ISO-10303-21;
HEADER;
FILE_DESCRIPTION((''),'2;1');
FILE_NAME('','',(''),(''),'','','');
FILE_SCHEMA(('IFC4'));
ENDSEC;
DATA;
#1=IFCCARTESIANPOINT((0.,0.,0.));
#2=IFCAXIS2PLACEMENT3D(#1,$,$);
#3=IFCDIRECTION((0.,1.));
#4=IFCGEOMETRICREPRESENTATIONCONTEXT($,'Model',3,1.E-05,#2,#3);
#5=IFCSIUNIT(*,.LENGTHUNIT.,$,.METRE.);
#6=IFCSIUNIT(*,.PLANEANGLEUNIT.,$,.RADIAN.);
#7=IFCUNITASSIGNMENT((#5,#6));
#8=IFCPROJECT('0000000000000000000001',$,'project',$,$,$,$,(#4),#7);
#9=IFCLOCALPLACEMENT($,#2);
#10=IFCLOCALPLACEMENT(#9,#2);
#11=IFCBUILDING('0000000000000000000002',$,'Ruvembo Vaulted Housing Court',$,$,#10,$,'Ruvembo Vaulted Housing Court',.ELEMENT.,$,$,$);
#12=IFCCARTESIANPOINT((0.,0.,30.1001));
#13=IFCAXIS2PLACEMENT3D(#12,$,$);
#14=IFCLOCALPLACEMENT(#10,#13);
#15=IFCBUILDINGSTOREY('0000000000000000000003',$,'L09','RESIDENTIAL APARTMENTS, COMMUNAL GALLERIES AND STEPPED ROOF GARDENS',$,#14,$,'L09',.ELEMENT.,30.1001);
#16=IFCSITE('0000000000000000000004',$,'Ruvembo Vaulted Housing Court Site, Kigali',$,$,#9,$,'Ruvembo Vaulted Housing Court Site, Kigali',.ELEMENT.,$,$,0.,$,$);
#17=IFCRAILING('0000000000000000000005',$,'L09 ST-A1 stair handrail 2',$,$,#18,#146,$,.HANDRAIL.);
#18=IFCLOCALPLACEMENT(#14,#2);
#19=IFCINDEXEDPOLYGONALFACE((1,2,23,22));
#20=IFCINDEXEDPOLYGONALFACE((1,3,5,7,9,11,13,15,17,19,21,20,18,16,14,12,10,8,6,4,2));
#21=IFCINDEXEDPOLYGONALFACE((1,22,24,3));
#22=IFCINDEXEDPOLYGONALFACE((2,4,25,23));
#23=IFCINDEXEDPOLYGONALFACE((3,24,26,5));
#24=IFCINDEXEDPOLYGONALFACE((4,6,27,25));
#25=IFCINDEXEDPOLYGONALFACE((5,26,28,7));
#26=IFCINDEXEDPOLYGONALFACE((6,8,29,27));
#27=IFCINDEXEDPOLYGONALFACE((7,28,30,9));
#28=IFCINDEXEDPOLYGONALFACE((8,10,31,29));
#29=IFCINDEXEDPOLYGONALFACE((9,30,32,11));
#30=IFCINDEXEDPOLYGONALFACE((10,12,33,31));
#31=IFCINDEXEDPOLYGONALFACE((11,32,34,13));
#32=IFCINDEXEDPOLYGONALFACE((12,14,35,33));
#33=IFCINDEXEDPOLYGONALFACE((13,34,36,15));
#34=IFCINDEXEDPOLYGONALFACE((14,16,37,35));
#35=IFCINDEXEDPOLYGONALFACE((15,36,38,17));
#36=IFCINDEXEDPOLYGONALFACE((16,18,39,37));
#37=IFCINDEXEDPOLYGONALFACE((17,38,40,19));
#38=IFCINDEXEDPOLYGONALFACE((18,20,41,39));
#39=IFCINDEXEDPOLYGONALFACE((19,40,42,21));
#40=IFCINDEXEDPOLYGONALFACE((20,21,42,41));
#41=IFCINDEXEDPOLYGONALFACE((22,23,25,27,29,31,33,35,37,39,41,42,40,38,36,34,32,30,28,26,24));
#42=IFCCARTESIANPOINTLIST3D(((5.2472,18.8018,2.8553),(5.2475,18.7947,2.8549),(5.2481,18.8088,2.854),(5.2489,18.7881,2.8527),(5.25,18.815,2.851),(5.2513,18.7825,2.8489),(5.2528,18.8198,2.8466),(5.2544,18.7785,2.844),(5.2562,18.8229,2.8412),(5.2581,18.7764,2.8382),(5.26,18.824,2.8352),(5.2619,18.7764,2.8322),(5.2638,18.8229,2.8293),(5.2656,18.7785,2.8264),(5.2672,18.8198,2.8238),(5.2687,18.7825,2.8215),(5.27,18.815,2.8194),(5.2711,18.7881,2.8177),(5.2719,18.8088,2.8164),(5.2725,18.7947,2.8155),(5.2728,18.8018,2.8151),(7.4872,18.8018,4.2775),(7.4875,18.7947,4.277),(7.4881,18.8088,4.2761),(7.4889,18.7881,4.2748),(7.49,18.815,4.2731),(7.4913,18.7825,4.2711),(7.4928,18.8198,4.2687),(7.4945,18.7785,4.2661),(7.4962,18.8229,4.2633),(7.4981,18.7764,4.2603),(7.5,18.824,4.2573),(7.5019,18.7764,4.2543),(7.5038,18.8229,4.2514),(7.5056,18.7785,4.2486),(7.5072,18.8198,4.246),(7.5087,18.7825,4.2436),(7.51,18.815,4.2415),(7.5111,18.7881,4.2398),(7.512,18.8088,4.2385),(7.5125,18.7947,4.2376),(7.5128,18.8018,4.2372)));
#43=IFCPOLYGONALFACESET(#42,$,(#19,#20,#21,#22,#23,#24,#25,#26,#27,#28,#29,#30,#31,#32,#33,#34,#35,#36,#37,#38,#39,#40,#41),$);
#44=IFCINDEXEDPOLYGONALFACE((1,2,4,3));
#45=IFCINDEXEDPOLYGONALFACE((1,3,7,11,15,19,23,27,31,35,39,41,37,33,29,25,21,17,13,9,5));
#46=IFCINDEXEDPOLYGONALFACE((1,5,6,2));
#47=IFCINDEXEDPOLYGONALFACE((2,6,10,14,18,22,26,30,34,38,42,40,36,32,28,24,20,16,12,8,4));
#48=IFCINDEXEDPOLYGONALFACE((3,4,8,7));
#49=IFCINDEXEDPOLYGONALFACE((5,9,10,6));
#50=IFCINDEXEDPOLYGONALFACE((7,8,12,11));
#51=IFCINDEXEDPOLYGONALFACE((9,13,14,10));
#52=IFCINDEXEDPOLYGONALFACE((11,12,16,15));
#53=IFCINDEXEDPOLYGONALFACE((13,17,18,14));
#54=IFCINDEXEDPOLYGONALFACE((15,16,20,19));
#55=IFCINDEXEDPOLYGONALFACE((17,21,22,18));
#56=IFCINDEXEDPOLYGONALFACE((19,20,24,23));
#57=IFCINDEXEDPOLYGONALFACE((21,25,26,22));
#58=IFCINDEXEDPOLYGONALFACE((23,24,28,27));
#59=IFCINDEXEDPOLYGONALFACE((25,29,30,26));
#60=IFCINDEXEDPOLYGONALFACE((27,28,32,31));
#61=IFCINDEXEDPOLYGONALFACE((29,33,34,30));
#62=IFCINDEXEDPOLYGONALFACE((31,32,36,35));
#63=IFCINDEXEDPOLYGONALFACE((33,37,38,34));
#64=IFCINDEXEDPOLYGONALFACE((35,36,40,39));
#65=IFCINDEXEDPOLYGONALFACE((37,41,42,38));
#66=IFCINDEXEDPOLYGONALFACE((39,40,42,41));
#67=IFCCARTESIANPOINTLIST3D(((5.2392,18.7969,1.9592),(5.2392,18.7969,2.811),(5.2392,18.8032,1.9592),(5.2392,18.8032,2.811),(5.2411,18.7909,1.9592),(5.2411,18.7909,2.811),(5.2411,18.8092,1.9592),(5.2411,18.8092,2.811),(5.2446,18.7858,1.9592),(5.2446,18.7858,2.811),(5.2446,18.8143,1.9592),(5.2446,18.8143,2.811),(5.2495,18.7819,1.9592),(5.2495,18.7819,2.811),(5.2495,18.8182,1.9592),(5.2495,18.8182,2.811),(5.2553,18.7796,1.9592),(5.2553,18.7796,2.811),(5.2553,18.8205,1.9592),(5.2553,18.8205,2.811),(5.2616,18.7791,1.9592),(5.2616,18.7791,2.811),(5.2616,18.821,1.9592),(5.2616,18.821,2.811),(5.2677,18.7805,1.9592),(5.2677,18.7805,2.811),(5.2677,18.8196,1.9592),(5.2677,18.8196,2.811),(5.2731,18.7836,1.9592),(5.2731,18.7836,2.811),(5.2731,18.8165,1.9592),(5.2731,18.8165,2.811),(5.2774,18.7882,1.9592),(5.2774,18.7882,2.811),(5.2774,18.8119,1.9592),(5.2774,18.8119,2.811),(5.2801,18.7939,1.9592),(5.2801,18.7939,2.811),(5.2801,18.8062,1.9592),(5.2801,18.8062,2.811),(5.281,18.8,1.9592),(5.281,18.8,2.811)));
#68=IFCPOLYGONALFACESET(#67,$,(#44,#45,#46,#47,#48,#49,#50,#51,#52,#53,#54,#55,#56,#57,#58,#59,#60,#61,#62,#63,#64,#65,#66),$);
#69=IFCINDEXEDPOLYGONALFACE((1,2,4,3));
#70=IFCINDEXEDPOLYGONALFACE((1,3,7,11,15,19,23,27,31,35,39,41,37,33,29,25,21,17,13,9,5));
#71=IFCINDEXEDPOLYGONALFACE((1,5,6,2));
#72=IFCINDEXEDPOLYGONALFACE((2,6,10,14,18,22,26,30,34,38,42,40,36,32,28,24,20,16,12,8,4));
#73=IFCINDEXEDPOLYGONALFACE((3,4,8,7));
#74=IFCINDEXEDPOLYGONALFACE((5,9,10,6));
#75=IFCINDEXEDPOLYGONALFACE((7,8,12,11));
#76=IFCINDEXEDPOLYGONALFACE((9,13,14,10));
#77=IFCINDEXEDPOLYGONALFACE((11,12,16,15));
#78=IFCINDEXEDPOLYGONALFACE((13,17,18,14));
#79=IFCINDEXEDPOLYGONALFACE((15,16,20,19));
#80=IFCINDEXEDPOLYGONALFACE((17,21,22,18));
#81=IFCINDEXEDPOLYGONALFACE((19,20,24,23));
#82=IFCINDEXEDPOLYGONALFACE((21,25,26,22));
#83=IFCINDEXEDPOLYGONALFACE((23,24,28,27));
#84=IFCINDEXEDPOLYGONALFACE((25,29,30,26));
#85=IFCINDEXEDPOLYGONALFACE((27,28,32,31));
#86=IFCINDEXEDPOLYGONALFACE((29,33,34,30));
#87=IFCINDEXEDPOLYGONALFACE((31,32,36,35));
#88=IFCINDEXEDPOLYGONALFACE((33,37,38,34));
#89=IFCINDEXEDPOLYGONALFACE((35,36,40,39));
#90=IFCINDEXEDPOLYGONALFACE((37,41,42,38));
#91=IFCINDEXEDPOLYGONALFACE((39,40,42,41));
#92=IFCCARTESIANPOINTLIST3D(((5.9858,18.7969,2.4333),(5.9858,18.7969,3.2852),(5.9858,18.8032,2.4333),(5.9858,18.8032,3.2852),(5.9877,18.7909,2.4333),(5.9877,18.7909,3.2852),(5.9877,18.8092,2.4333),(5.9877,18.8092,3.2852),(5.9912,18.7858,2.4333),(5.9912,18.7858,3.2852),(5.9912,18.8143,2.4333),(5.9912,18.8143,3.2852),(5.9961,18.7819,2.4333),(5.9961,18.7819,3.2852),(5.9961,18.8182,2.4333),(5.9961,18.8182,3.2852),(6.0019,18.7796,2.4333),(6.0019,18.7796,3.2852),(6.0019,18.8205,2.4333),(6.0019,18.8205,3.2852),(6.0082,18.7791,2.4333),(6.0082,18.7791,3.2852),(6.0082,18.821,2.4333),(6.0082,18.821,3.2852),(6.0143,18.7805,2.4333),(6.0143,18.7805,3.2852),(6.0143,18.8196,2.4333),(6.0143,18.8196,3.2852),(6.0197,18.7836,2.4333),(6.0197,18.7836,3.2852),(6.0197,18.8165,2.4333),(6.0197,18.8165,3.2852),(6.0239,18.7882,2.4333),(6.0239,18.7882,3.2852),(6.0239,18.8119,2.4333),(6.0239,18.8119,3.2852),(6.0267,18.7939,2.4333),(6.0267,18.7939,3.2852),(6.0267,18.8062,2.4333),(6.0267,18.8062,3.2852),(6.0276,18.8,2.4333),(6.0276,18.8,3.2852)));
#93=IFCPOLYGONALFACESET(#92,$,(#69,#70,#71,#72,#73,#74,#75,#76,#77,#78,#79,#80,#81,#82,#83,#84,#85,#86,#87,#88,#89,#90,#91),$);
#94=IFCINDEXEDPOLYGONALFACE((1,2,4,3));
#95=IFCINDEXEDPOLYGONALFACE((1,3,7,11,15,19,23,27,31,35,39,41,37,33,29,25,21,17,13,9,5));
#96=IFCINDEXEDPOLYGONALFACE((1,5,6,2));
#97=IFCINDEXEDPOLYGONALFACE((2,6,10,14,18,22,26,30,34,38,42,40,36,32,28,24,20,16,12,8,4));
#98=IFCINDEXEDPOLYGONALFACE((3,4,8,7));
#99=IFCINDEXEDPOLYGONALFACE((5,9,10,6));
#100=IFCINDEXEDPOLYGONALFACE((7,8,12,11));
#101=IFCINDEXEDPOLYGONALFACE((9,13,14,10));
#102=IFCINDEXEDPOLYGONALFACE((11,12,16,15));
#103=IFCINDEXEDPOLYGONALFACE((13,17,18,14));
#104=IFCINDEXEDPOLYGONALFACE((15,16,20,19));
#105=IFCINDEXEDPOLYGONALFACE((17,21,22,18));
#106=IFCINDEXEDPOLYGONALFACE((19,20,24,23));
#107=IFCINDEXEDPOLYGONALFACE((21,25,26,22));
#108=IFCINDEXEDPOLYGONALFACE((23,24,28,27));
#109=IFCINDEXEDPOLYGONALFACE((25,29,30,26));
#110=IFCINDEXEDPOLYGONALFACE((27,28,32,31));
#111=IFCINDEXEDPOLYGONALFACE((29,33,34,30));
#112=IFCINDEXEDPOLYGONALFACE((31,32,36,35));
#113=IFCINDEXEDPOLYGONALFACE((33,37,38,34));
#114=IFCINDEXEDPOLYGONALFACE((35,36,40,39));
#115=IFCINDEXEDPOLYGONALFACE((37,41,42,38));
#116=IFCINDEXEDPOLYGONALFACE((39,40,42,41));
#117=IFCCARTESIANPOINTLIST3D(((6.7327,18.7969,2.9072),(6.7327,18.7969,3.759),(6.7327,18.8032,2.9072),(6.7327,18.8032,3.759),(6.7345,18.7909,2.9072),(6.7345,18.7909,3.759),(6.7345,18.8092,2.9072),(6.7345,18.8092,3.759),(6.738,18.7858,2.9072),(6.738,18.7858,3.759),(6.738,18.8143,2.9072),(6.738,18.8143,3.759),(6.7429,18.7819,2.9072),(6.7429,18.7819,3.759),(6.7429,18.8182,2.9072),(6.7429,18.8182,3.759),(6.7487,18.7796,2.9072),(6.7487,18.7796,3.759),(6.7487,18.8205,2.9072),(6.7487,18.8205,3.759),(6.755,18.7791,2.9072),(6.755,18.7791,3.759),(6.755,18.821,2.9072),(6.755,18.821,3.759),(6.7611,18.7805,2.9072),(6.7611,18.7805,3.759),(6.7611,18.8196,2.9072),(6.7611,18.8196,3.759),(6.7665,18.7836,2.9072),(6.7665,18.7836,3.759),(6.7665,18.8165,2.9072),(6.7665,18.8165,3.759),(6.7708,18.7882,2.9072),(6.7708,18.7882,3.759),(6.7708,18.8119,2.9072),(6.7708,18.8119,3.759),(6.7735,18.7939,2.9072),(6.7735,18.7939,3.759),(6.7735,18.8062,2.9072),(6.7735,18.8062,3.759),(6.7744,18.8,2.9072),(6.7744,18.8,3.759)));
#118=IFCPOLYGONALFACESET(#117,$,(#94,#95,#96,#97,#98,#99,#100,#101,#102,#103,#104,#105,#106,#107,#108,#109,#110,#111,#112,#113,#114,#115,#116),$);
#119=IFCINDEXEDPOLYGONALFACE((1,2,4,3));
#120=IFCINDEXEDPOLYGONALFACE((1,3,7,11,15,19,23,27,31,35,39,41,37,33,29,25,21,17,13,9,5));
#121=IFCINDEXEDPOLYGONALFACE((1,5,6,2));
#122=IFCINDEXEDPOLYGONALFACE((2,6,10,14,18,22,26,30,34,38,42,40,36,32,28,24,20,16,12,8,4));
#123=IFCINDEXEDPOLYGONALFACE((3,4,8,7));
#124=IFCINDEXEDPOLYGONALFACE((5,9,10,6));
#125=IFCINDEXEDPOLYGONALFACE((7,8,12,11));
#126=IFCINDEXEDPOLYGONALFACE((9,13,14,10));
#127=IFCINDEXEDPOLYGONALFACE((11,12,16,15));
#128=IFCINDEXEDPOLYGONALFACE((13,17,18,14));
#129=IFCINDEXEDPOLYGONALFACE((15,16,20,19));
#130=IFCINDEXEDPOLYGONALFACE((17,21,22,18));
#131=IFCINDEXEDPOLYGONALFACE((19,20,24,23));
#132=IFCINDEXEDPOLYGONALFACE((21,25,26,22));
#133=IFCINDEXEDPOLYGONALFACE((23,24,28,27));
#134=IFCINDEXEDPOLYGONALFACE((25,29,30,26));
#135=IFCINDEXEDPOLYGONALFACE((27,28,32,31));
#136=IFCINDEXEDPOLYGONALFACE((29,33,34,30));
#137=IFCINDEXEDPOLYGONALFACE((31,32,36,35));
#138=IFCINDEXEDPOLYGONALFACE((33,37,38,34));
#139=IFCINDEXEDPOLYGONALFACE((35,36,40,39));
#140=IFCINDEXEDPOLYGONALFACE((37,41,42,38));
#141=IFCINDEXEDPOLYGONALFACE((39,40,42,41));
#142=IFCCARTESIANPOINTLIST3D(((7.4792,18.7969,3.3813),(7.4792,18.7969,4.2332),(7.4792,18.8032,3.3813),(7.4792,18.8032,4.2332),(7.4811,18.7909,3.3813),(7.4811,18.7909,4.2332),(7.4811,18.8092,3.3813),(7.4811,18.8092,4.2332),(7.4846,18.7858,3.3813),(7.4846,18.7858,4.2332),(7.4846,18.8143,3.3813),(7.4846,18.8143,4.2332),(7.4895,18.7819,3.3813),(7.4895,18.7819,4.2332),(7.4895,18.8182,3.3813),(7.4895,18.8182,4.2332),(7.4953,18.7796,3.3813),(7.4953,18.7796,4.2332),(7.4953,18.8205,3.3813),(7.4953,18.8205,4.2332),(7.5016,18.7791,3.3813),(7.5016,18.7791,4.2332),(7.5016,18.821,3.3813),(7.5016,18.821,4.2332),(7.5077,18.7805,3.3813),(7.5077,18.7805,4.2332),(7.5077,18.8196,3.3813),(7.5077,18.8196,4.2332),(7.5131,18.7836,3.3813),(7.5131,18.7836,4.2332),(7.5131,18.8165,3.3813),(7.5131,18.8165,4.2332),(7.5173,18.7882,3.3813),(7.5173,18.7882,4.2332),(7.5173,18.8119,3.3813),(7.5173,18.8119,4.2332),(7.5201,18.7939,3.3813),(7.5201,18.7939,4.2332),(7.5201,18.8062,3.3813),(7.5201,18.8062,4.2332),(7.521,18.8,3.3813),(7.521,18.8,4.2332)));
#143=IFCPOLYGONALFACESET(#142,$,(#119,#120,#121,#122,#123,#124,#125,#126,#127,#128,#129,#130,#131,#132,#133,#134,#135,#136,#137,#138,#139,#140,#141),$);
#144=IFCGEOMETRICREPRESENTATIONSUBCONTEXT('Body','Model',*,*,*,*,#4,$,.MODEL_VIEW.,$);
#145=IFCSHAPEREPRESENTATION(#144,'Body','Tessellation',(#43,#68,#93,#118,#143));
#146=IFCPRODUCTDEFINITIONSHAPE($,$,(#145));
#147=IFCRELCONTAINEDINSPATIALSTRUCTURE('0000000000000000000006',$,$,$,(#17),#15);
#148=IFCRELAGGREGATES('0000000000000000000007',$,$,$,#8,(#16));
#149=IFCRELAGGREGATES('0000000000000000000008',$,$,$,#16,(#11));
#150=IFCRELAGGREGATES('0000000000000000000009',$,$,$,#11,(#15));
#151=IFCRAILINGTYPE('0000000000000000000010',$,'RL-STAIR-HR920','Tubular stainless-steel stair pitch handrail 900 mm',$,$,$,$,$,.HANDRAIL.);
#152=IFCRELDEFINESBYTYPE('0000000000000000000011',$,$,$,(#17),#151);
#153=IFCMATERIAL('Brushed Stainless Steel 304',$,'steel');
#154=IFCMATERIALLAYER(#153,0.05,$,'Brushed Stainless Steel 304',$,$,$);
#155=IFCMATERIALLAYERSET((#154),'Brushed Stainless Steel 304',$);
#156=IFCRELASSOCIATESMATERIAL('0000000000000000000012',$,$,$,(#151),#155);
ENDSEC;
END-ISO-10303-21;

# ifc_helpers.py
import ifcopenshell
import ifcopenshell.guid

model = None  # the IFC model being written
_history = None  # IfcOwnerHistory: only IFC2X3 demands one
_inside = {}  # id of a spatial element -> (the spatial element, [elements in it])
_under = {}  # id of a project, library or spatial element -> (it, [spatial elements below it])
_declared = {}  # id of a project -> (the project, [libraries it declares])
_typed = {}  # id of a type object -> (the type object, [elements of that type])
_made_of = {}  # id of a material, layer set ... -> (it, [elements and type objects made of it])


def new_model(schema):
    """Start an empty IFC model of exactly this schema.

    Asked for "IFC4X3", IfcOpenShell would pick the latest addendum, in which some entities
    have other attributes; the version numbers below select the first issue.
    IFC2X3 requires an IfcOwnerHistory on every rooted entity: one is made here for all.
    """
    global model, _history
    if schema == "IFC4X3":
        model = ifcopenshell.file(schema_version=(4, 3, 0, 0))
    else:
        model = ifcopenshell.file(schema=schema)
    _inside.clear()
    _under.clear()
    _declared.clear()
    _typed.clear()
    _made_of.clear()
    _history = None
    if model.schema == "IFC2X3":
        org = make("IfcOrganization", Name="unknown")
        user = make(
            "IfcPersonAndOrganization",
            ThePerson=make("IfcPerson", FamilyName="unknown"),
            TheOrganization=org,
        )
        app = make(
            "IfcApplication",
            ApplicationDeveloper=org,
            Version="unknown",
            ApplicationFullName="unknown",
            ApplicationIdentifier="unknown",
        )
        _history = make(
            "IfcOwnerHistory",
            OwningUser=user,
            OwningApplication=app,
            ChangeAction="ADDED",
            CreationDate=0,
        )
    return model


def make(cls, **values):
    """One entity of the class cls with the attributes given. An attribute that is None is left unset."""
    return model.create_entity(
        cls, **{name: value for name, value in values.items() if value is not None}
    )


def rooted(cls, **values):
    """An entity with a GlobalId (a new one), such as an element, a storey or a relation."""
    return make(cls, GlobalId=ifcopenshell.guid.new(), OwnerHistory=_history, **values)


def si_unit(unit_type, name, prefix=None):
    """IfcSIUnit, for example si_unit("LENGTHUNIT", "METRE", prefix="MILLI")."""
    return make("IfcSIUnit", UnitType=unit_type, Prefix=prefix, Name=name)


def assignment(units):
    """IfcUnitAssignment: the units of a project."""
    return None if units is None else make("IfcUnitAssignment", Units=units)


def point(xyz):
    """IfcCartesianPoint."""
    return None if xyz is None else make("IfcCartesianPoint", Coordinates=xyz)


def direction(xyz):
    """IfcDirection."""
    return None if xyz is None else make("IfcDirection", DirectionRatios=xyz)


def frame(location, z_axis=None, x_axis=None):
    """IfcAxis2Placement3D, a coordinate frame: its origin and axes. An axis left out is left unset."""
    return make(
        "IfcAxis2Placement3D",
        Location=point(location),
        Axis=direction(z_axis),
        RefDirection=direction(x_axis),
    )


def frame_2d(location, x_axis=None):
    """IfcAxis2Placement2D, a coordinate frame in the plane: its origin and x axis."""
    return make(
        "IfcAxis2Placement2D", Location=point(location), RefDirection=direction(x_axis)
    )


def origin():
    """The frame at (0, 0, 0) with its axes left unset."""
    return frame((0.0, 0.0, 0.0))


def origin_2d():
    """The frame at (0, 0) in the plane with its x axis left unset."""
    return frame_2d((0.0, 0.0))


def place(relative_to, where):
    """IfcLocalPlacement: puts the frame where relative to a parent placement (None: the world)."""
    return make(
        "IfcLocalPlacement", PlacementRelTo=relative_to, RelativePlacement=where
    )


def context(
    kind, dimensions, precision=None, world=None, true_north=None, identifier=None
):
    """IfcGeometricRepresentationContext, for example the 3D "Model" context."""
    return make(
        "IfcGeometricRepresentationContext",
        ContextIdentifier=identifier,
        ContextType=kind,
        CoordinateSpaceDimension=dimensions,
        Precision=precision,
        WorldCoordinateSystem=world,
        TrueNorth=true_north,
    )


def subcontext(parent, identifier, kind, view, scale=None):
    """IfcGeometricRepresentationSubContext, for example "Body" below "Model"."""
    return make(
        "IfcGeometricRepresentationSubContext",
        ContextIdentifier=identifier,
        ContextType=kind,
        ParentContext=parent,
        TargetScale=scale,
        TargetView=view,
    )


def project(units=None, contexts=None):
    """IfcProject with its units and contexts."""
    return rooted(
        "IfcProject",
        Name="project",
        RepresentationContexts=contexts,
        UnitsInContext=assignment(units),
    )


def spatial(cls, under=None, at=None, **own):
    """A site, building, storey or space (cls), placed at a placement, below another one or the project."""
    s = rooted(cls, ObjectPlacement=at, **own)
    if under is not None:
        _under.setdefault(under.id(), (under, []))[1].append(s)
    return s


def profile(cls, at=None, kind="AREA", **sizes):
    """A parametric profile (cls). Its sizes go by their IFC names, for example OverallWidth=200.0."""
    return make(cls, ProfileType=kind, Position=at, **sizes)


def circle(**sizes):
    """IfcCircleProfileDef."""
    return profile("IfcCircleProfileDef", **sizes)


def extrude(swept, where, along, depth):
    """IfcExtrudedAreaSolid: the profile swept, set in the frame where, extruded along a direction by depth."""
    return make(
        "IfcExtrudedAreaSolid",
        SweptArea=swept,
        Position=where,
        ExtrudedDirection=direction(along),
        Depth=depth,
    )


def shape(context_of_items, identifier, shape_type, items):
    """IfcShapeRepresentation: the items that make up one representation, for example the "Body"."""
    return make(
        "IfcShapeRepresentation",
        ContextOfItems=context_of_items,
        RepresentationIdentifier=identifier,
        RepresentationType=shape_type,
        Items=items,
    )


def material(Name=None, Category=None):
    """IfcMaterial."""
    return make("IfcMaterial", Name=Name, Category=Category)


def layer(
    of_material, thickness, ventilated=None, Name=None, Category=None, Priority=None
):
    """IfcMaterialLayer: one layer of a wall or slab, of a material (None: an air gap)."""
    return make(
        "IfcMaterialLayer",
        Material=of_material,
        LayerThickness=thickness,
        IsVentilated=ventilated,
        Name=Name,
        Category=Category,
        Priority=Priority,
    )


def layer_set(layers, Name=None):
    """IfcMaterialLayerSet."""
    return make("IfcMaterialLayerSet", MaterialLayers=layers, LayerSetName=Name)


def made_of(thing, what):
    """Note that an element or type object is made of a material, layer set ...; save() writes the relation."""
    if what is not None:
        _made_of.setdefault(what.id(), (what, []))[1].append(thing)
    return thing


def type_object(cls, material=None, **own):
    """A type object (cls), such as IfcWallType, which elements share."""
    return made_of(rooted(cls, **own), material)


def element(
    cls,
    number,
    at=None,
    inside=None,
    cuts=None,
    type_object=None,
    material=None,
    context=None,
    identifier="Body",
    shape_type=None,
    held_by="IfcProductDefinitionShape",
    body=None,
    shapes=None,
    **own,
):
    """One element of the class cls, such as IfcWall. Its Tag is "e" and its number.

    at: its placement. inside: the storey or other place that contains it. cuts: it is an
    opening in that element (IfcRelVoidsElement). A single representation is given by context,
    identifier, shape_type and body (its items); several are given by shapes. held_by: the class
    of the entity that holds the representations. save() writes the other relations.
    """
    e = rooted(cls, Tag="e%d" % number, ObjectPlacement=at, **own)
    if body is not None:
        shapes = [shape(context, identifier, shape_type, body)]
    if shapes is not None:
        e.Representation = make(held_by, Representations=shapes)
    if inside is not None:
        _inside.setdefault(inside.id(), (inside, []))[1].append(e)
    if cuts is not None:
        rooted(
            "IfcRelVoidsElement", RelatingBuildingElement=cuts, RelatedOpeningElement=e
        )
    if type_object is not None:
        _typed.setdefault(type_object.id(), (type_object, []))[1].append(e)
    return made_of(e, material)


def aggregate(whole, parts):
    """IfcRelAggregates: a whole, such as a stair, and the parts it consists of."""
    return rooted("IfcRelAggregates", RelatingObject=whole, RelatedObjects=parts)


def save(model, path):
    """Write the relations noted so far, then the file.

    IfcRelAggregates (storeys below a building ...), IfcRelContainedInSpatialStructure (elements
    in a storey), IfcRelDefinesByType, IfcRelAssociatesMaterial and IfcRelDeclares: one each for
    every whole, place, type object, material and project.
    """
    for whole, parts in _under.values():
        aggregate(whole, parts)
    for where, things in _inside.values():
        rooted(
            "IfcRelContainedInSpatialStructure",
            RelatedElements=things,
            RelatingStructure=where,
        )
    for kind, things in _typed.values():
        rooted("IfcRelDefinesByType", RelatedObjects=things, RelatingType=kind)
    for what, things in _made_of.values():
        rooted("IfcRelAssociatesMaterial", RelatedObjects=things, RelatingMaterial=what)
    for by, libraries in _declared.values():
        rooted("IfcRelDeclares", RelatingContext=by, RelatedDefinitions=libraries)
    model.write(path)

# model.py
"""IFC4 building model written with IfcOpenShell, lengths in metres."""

from ifc_helpers import new_model, si_unit, direction, frame, origin, origin_2d, place, context, subcontext, project, spatial, circle, extrude, material, layer, layer_set, type_object, element, save


model = new_model("IFC4")

# Units and contexts
model_context = context("Model", 3, precision=1e-05, world=origin(), true_north=direction((0.0, 1.0)))
body_context = subcontext(model_context, "Body", "Model", "MODEL_VIEW")
ifc_project = project(units=[si_unit("LENGTHUNIT", "METRE"), si_unit("PLANEANGLEUNIT", "RADIAN")], contexts=[model_context])

# Site, building, storey
site_placement = place(None, origin())
site = spatial("IfcSite", under=ifc_project, at=site_placement, Name="Ruvembo Vaulted Housing Court Site, Kigali", LongName="Ruvembo Vaulted Housing Court Site, Kigali", CompositionType="ELEMENT", RefElevation=0.0)
building_placement = place(site_placement, origin())
building = spatial("IfcBuilding", under=site, at=building_placement, Name="Ruvembo Vaulted Housing Court", LongName="Ruvembo Vaulted Housing Court", CompositionType="ELEMENT")
storey_placement = place(building_placement, frame((0.0, 0.0, 30.1001)))
storey = spatial("IfcBuildingStorey", under=building, at=storey_placement, Name="L09", Description="RESIDENTIAL APARTMENTS, COMMUNAL GALLERIES AND STEPPED ROOF GARDENS", LongName="L09", CompositionType="ELEMENT", Elevation=30.1001)

# Shared definitions
ifc_material_1 = material(Name="Brushed Stainless Steel 304", Category="steel")

# Railing
ifc_layer_1 = layer(ifc_material_1, 0.05, Name="Brushed Stainless Steel 304")
ifc_layer_set_1 = layer_set([ifc_layer_1], Name="Brushed Stainless Steel 304")
railing_type_1 = type_object("IfcRailingType", Name="RL-STAIR-HR920", Description="Tubular stainless-steel stair pitch handrail 900 mm", PredefinedType="HANDRAIL", material=ifc_layer_set_1)
railing_1_placement = place(storey_placement, frame((5.26, 18.8, 1.9592)))
element("IfcRailing", 1, at=railing_1_placement, inside=storey, type_object=railing_type_1, Name="L09 ST-A1 stair handrail 2", PredefinedType="HANDRAIL", context=body_context, shape_type="SweptSolid", body=[
    extrude(circle(Radius=0.0239, at=origin_2d()), frame((0.0, 0.0, 0.876), z_axis=(0.844229, 0.0, 0.535982), x_axis=(0.0, 1.0, 0.0)), (0.0, 0.0, 1.0), 2.6533),
    extrude(circle(Radius=0.021, at=origin_2d()), origin(), (0.0, 0.0, 1.0), 0.8518),
    extrude(circle(Radius=0.021, at=origin_2d()), frame((0.7466, 0.0, 0.4741)), (0.0, 0.0, 1.0), 0.8518),
    extrude(circle(Radius=0.021, at=origin_2d()), frame((1.4934, 0.0, 0.948)), (0.0, 0.0, 1.0), 0.8518),
    extrude(circle(Radius=0.021, at=origin_2d()), frame((2.24, 0.0, 1.4221)), (0.0, 0.0, 1.0), 0.8518),
])

save(model, "model.ifc")
